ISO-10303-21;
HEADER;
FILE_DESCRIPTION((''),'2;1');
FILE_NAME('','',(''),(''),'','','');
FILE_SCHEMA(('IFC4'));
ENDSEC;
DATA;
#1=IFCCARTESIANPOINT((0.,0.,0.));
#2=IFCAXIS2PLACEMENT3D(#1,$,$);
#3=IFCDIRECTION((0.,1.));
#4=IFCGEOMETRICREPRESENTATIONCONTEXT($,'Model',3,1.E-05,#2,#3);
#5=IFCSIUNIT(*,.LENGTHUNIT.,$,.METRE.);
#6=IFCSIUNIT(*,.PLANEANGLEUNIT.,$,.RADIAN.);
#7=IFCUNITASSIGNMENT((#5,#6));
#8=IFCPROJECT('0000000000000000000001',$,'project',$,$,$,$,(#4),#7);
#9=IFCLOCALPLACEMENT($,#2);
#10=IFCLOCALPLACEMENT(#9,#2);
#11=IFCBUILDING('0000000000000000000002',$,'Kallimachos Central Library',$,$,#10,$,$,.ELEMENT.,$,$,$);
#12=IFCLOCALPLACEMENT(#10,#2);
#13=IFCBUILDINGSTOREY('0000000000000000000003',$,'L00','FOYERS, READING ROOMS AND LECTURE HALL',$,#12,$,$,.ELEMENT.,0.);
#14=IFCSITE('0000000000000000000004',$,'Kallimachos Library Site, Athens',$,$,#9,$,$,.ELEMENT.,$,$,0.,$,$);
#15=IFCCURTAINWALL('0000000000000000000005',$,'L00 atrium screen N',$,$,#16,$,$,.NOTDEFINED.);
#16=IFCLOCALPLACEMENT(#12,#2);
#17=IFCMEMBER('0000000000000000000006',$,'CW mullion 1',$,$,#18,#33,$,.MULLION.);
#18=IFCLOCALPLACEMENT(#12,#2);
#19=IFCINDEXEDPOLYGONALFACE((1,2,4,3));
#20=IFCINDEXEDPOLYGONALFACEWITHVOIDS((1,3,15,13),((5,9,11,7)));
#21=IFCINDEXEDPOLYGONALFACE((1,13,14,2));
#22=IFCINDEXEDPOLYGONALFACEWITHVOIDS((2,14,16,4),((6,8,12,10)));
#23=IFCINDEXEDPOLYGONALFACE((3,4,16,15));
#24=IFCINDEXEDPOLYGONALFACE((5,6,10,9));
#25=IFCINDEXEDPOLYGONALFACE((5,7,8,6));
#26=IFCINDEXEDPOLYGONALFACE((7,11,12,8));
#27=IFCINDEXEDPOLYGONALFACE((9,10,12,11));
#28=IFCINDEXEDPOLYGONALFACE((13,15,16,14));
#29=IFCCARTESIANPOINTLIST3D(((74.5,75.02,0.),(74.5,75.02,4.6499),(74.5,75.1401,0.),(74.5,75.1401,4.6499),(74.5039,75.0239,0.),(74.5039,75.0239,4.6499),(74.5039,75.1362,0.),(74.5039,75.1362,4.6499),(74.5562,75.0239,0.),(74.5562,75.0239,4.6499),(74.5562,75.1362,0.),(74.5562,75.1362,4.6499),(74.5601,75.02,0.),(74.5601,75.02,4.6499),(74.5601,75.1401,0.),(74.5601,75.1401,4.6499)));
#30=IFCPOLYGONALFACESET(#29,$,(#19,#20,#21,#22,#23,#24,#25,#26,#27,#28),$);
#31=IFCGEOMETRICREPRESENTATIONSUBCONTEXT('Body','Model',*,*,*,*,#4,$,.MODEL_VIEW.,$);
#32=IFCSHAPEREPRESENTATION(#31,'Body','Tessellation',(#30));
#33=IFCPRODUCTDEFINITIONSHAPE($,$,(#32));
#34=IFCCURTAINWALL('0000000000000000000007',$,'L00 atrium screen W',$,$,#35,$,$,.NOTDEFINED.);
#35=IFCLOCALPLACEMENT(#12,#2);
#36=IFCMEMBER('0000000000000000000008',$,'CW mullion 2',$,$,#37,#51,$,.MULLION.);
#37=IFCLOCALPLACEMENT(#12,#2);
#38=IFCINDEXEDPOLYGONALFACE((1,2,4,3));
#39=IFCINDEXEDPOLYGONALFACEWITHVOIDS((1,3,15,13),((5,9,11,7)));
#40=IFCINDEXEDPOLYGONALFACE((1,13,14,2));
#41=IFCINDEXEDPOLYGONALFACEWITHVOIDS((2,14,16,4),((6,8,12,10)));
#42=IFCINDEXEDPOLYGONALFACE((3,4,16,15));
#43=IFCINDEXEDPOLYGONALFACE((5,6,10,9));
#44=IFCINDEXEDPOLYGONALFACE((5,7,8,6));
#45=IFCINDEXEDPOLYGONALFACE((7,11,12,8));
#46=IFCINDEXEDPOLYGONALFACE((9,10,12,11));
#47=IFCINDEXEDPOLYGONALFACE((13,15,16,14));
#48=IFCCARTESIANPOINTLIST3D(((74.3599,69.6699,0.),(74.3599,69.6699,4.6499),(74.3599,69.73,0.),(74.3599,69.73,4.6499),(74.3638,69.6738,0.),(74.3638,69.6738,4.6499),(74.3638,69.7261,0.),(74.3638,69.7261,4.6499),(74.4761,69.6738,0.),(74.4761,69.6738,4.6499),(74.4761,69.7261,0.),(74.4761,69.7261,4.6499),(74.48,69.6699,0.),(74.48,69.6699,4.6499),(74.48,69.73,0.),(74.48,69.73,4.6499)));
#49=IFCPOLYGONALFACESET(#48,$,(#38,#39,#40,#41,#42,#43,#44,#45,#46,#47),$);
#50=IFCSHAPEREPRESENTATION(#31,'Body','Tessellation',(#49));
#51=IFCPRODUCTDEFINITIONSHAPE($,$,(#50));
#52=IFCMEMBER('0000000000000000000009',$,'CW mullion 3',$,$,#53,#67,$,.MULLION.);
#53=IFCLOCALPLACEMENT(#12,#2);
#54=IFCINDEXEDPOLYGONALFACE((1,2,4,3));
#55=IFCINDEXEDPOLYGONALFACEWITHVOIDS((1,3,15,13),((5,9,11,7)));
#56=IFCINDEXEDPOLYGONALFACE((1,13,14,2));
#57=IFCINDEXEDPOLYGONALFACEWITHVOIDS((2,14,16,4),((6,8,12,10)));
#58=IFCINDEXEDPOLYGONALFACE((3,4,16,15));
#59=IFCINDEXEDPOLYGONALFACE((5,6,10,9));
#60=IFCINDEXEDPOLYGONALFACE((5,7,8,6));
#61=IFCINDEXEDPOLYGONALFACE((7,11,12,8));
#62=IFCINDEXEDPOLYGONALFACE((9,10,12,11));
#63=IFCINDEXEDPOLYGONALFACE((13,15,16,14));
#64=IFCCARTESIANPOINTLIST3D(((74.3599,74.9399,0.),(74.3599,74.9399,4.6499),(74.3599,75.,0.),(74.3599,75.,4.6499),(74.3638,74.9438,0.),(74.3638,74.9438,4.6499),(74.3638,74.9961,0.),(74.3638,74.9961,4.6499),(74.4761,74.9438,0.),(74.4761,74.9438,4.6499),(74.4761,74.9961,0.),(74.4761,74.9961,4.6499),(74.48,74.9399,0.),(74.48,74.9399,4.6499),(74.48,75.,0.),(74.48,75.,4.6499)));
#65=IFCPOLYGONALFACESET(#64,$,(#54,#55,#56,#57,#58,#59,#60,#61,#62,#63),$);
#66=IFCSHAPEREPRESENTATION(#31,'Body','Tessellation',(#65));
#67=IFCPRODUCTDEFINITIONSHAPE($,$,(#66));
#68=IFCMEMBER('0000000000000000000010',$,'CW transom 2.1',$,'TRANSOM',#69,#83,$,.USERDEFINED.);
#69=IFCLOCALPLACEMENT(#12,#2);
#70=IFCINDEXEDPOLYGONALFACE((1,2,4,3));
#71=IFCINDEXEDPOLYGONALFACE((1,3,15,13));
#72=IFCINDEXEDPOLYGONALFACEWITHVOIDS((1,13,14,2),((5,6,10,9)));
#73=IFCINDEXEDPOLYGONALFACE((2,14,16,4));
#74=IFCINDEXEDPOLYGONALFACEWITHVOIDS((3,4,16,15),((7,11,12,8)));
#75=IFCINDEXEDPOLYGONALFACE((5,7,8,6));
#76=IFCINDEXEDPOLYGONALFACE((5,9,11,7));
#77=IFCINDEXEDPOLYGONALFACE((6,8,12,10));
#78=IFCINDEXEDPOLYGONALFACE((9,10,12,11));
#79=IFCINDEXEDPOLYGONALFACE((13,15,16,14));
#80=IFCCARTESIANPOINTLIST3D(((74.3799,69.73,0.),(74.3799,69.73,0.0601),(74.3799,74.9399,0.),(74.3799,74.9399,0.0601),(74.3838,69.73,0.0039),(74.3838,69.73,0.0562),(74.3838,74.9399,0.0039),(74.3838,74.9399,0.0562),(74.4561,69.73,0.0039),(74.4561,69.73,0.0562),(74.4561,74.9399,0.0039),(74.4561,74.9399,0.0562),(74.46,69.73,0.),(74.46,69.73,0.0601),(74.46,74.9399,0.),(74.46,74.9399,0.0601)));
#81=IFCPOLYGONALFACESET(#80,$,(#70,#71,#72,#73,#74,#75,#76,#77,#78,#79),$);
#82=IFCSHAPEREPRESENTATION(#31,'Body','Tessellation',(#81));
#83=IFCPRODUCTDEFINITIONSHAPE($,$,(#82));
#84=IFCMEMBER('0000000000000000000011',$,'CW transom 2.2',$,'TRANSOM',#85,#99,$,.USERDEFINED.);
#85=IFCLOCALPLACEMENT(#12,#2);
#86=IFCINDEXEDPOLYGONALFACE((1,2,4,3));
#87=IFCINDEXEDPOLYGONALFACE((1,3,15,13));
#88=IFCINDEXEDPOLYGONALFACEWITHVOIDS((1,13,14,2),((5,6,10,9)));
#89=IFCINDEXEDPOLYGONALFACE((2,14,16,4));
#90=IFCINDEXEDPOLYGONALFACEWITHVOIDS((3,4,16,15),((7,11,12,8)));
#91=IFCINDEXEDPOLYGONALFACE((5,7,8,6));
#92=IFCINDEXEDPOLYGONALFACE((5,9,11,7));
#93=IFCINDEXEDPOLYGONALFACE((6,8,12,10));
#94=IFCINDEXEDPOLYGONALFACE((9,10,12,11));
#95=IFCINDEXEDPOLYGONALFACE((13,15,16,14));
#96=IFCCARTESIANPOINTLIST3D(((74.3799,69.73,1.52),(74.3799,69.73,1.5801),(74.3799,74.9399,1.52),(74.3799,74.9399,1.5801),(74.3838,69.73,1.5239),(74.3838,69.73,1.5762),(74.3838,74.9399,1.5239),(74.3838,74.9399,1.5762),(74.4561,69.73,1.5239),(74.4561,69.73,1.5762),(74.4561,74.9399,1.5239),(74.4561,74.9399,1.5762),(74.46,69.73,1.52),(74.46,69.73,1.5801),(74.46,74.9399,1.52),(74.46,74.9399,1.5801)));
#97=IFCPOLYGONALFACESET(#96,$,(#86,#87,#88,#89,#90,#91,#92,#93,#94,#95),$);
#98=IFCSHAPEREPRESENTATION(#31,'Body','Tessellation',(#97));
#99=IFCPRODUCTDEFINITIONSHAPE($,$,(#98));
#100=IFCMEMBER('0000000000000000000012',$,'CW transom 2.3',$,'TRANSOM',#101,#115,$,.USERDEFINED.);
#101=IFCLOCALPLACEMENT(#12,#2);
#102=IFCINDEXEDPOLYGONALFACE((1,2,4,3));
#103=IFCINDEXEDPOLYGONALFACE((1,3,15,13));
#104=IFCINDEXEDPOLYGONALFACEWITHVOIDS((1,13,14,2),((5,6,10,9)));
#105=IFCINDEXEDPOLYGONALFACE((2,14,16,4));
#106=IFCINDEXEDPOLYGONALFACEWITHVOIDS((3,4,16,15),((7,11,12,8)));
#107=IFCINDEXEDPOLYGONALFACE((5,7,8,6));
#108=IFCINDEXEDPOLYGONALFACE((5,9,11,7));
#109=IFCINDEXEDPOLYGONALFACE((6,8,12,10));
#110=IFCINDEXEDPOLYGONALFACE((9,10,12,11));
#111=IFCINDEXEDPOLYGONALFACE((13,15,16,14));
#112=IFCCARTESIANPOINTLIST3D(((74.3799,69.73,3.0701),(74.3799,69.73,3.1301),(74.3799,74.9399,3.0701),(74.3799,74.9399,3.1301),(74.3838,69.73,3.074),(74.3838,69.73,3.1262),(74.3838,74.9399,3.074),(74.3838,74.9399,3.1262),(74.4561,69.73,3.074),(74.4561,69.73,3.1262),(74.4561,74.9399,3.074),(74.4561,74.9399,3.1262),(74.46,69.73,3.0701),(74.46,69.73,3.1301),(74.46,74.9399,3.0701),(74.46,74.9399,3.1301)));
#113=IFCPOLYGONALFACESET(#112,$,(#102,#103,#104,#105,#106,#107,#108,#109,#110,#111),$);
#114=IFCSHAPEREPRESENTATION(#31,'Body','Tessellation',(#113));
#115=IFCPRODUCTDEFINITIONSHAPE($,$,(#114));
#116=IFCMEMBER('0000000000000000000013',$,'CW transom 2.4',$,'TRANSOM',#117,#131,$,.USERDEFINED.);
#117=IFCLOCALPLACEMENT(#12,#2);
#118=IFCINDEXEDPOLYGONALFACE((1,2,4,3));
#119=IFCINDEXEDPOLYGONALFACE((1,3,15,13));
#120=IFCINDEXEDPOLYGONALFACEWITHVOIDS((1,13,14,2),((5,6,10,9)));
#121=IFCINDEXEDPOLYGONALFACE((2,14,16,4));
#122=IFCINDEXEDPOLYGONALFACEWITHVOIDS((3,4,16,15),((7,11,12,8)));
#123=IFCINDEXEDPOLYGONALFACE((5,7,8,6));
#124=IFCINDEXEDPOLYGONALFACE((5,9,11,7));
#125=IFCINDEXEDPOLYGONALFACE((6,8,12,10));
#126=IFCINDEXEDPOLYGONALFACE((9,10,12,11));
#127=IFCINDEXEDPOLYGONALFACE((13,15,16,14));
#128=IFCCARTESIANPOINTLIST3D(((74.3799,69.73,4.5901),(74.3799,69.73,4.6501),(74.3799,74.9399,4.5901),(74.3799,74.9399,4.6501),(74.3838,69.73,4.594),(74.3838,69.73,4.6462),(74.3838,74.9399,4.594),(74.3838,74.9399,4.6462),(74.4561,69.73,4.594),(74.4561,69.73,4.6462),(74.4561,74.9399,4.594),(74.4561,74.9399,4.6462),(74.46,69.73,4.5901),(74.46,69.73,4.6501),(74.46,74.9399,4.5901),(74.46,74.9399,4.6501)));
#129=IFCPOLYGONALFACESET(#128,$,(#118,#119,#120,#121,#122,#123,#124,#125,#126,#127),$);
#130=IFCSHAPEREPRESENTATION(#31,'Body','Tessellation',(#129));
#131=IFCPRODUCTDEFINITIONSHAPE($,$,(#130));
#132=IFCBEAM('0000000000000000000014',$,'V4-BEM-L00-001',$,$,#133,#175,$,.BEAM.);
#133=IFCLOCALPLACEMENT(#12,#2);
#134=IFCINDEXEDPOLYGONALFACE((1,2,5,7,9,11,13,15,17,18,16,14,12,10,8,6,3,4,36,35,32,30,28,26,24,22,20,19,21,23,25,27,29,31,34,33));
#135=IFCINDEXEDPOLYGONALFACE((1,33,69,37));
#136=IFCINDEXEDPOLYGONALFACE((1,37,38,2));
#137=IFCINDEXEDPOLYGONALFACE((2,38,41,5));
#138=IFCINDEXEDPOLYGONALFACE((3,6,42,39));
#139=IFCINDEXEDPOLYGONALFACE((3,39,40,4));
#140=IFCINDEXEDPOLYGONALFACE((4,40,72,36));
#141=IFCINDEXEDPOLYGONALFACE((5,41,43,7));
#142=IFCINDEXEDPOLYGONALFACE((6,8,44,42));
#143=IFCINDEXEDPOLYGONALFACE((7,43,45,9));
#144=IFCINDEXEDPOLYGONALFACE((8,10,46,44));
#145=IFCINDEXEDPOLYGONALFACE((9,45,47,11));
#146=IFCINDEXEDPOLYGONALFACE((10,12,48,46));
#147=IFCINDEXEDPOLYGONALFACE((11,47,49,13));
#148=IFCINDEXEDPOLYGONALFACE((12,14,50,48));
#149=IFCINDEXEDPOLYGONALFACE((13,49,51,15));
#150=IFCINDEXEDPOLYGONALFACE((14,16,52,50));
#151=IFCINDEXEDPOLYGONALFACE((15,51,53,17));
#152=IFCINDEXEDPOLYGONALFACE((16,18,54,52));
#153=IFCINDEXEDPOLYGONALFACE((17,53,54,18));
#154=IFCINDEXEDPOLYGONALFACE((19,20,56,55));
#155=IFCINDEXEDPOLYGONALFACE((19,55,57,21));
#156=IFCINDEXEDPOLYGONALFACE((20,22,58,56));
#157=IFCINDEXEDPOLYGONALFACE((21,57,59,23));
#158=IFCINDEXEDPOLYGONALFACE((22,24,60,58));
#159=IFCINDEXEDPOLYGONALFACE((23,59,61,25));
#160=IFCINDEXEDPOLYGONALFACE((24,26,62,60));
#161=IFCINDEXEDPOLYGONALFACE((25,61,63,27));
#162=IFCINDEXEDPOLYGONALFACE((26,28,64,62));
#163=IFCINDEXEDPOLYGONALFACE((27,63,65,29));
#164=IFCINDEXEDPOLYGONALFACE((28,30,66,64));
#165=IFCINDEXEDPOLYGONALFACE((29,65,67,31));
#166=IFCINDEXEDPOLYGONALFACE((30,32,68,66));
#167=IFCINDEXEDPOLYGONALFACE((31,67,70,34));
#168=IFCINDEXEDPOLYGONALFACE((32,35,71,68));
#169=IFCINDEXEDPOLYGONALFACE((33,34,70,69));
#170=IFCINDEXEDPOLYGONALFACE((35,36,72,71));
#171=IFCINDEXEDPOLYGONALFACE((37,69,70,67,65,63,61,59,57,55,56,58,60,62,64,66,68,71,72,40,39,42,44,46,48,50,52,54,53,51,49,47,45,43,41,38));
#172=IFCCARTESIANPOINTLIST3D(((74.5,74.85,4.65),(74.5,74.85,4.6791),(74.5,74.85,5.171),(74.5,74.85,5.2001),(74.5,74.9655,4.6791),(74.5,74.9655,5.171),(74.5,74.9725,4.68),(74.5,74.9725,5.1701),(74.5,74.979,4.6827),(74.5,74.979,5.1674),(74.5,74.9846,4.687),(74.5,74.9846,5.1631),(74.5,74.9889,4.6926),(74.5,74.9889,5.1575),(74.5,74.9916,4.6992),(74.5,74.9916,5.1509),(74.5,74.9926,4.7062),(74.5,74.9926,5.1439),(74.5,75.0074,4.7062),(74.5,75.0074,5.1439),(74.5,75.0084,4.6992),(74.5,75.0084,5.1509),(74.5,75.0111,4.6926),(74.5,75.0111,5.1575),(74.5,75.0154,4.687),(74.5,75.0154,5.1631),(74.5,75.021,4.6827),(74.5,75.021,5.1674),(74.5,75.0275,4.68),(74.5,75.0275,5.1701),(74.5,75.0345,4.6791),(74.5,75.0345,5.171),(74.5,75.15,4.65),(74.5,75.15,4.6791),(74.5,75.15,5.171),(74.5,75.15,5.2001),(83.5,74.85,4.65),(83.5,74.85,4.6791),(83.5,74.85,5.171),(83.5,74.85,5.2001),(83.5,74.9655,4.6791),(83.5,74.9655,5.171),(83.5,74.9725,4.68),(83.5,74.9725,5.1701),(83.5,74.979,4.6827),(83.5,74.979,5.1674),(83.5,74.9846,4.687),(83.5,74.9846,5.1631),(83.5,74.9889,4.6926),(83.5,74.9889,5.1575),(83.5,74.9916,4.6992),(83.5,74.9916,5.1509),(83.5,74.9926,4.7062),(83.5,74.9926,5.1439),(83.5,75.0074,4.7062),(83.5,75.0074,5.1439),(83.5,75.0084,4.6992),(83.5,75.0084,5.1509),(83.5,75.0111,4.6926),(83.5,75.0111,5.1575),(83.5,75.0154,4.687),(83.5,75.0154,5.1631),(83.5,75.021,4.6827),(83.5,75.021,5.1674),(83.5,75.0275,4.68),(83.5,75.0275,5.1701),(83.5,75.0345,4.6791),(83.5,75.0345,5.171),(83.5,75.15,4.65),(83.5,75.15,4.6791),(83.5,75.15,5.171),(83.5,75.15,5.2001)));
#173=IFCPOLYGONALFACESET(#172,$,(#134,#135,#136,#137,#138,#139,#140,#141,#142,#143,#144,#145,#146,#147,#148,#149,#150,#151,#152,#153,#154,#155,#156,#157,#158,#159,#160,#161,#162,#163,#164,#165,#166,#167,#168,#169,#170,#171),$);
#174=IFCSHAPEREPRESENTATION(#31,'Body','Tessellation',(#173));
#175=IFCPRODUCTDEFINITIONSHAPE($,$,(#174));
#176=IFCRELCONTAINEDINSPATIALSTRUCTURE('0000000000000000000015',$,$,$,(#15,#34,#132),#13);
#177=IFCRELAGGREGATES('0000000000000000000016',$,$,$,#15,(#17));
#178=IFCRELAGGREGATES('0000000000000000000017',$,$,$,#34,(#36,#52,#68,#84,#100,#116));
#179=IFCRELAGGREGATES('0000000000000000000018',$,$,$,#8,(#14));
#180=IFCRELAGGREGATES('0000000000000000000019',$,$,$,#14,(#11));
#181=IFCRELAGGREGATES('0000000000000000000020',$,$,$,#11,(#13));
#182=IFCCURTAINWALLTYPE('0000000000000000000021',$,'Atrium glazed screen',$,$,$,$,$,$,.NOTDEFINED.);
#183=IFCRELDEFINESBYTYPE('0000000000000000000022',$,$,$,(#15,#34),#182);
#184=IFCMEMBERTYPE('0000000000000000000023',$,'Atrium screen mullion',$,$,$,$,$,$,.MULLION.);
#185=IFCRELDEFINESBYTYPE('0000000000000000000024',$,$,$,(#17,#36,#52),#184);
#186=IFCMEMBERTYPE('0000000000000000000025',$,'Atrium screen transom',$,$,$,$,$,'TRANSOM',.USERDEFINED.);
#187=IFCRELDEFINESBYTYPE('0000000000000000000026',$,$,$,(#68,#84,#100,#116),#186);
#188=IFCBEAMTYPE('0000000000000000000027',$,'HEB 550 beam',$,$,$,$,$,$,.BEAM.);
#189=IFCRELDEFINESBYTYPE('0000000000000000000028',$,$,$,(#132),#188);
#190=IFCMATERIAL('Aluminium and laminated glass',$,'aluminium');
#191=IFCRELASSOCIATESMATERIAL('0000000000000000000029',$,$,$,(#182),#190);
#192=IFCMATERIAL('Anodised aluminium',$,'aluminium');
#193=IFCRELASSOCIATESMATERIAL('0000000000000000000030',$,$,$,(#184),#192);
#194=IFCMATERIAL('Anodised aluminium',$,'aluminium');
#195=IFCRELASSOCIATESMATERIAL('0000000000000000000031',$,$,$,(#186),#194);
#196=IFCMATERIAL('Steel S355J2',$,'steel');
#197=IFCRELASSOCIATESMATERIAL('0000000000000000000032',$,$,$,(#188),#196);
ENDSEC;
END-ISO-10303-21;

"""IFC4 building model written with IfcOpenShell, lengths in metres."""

from ifc_helpers import new_model, si_unit, direction, frame, origin, origin_2d, place, context, subcontext, project, spatial, hollow_rectangle, i_section, extrude, material, material_profile, profile_set, type_object, element, aggregate, save


model = new_model("IFC4")

# Units and contexts
model_context = context("Model", 3, precision=1e-05, world=origin(), true_north=direction((0.0, 1.0)))
body_context = subcontext(model_context, "Body", "Model", "MODEL_VIEW")
ifc_project = project(units=[si_unit("LENGTHUNIT", "METRE"), si_unit("PLANEANGLEUNIT", "RADIAN")], contexts=[model_context])

# Site, building, storey
site_placement = place(None, origin())
site = spatial("IfcSite", under=ifc_project, at=site_placement, Name="Kallimachos Library Site, Athens", CompositionType="ELEMENT", RefElevation=0.0)
building_placement = place(site_placement, origin())
building = spatial("IfcBuilding", under=site, at=building_placement, Name="Kallimachos Central Library", CompositionType="ELEMENT")
storey_placement = place(building_placement, origin())
storey = spatial("IfcBuildingStorey", under=building, at=storey_placement, Name="L00", Description="FOYERS, READING ROOMS AND LECTURE HALL", CompositionType="ELEMENT", Elevation=0.0)

# Curtain wall, member
ifc_material_1 = material(Name="Aluminium and laminated glass", Category="aluminium")
curtain_wall_type = type_object("IfcCurtainWallType", Name="Atrium glazed screen", PredefinedType="NOTDEFINED", material=ifc_material_1)
curtain_wall_1_placement = place(storey_placement, origin())
curtain_wall_1 = element("IfcCurtainWall", 1, at=curtain_wall_1_placement, inside=storey, type_object=curtain_wall_type, Name="L00 atrium screen N", PredefinedType="NOTDEFINED")
ifc_material_2 = material(Name="Anodised aluminium", Category="aluminium")
ifc_material_profile_1 = material_profile(ifc_material_2, hollow_rectangle(XDim=0.0601, YDim=0.1201, WallThickness=0.0039, at=origin_2d()), Name="ALU MULLION 60x120")
ifc_profile_set_1 = profile_set([ifc_material_profile_1], Name="Anodised aluminium")
member_type_1 = type_object("IfcMemberType", Name="Atrium screen mullion", PredefinedType="MULLION", material=ifc_profile_set_1)
member_1_placement = place(storey_placement, frame((74.53, 75.0801, 0.0), z_axis=(0.0, 0.0, 1.0), x_axis=(1.0, 0.0, 0.0)))
member_1 = element("IfcMember", 2, at=member_1_placement, type_object=member_type_1, Name="CW mullion 1", PredefinedType="MULLION", context=body_context, shape_type="SweptSolid", body=[
    extrude(hollow_rectangle(XDim=0.0601, YDim=0.1201, WallThickness=0.0039, at=origin_2d()), origin(), (0.0, 0.0, 1.0), 4.6499),
])
aggregate(curtain_wall_1, [member_1])

# Curtain wall, members
curtain_wall_2_placement = place(storey_placement, origin())
curtain_wall_2 = element("IfcCurtainWall", 3, at=curtain_wall_2_placement, inside=storey, type_object=curtain_wall_type, Name="L00 atrium screen W", PredefinedType="NOTDEFINED")
member_2_placement = place(storey_placement, frame((74.4199, 69.7, 0.0), z_axis=(0.0, 0.0, 1.0), x_axis=(0.0, 1.0, 0.0)))
member_2 = element("IfcMember", 4, at=member_2_placement, type_object=member_type_1, Name="CW mullion 2", PredefinedType="MULLION", context=body_context, shape_type="SweptSolid", body=[
    extrude(hollow_rectangle(XDim=0.0601, YDim=0.1201, WallThickness=0.0039, at=origin_2d()), origin(), (0.0, 0.0, 1.0), 4.6499),
])
member_3_placement = place(storey_placement, frame((74.4199, 74.97, 0.0), z_axis=(0.0, 0.0, 1.0), x_axis=(0.0, 1.0, 0.0)))
member_3 = element("IfcMember", 5, at=member_3_placement, type_object=member_type_1, Name="CW mullion 3", PredefinedType="MULLION", context=body_context, shape_type="SweptSolid", body=[
    extrude(hollow_rectangle(XDim=0.0601, YDim=0.1201, WallThickness=0.0039, at=origin_2d()), origin(), (0.0, 0.0, 1.0), 4.6499),
])
ifc_material_3 = material(Name="Anodised aluminium", Category="aluminium")
ifc_material_profile_2 = material_profile(ifc_material_3, hollow_rectangle(XDim=0.0601, YDim=0.0801, WallThickness=0.0039, at=origin_2d()), Name="ALU TRANSOM 60x80")
ifc_profile_set_2 = profile_set([ifc_material_profile_2], Name="Anodised aluminium")
member_type_2 = type_object("IfcMemberType", Name="Atrium screen transom", ElementType="TRANSOM", PredefinedType="USERDEFINED", material=ifc_profile_set_2)
member_4_placement = place(storey_placement, frame((74.4199, 69.73, 0.03), z_axis=(0.0, 1.0, 0.0), x_axis=(0.0, 0.0, 1.0)))
member_4 = element("IfcMember", 6, at=member_4_placement, type_object=member_type_2, Name="CW transom 2.1", ObjectType="TRANSOM", PredefinedType="USERDEFINED", context=body_context, shape_type="SweptSolid", body=[
    extrude(hollow_rectangle(XDim=0.0601, YDim=0.0801, WallThickness=0.0039, at=origin_2d()), origin(), (0.0, 0.0, 1.0), 5.21),
])
member_5_placement = place(storey_placement, frame((74.4199, 69.73, 1.55), z_axis=(0.0, 1.0, 0.0), x_axis=(0.0, 0.0, 1.0)))
member_5 = element("IfcMember", 7, at=member_5_placement, type_object=member_type_2, Name="CW transom 2.2", ObjectType="TRANSOM", PredefinedType="USERDEFINED", context=body_context, shape_type="SweptSolid", body=[
    extrude(hollow_rectangle(XDim=0.0601, YDim=0.0801, WallThickness=0.0039, at=origin_2d()), origin(), (0.0, 0.0, 1.0), 5.21),
])
member_6_placement = place(storey_placement, frame((74.4199, 69.73, 3.1001), z_axis=(0.0, 1.0, 0.0), x_axis=(0.0, 0.0, 1.0)))
member_6 = element("IfcMember", 8, at=member_6_placement, type_object=member_type_2, Name="CW transom 2.3", ObjectType="TRANSOM", PredefinedType="USERDEFINED", context=body_context, shape_type="SweptSolid", body=[
    extrude(hollow_rectangle(XDim=0.0601, YDim=0.0801, WallThickness=0.0039, at=origin_2d()), origin(), (0.0, 0.0, 1.0), 5.21),
])
member_7_placement = place(storey_placement, frame((74.4199, 69.73, 4.6201), z_axis=(0.0, 1.0, 0.0), x_axis=(0.0, 0.0, 1.0)))
member_7 = element("IfcMember", 9, at=member_7_placement, type_object=member_type_2, Name="CW transom 2.4", ObjectType="TRANSOM", PredefinedType="USERDEFINED", context=body_context, shape_type="SweptSolid", body=[
    extrude(hollow_rectangle(XDim=0.0601, YDim=0.0801, WallThickness=0.0039, at=origin_2d()), origin(), (0.0, 0.0, 1.0), 5.21),
])

# Beam
ifc_material_4 = material(Name="Steel S355J2", Category="steel")
ifc_material_profile_3 = material_profile(ifc_material_4, i_section(OverallWidth=0.3, OverallDepth=0.55, WebThickness=0.0149, FlangeThickness=0.0291, FilletRadius=0.0271, at=origin_2d()), Name="HEB 550")
ifc_profile_set_3 = profile_set([ifc_material_profile_3], Name="Steel S355J2")
beam_type = type_object("IfcBeamType", Name="HEB 550 beam", PredefinedType="BEAM", material=ifc_profile_set_3)
beam_1_placement = place(storey_placement, frame((74.5, 75.0, 4.925), z_axis=(1.0, 0.0, 0.0), x_axis=(0.0, 1.0, 0.0)))
element("IfcBeam", 10, at=beam_1_placement, inside=storey, type_object=beam_type, Name="V4-BEM-L00-001", PredefinedType="BEAM", context=body_context, shape_type="SweptSolid", body=[
    extrude(i_section(OverallWidth=0.3, OverallDepth=0.55, WebThickness=0.0149, FlangeThickness=0.0291, FilletRadius=0.0271, at=origin_2d()), origin(), (0.0, 0.0, 1.0), 9.0),
])

aggregate(curtain_wall_2, [member_2, member_3, member_4, member_5, member_6, member_7])

save(model, "model.ifc")
